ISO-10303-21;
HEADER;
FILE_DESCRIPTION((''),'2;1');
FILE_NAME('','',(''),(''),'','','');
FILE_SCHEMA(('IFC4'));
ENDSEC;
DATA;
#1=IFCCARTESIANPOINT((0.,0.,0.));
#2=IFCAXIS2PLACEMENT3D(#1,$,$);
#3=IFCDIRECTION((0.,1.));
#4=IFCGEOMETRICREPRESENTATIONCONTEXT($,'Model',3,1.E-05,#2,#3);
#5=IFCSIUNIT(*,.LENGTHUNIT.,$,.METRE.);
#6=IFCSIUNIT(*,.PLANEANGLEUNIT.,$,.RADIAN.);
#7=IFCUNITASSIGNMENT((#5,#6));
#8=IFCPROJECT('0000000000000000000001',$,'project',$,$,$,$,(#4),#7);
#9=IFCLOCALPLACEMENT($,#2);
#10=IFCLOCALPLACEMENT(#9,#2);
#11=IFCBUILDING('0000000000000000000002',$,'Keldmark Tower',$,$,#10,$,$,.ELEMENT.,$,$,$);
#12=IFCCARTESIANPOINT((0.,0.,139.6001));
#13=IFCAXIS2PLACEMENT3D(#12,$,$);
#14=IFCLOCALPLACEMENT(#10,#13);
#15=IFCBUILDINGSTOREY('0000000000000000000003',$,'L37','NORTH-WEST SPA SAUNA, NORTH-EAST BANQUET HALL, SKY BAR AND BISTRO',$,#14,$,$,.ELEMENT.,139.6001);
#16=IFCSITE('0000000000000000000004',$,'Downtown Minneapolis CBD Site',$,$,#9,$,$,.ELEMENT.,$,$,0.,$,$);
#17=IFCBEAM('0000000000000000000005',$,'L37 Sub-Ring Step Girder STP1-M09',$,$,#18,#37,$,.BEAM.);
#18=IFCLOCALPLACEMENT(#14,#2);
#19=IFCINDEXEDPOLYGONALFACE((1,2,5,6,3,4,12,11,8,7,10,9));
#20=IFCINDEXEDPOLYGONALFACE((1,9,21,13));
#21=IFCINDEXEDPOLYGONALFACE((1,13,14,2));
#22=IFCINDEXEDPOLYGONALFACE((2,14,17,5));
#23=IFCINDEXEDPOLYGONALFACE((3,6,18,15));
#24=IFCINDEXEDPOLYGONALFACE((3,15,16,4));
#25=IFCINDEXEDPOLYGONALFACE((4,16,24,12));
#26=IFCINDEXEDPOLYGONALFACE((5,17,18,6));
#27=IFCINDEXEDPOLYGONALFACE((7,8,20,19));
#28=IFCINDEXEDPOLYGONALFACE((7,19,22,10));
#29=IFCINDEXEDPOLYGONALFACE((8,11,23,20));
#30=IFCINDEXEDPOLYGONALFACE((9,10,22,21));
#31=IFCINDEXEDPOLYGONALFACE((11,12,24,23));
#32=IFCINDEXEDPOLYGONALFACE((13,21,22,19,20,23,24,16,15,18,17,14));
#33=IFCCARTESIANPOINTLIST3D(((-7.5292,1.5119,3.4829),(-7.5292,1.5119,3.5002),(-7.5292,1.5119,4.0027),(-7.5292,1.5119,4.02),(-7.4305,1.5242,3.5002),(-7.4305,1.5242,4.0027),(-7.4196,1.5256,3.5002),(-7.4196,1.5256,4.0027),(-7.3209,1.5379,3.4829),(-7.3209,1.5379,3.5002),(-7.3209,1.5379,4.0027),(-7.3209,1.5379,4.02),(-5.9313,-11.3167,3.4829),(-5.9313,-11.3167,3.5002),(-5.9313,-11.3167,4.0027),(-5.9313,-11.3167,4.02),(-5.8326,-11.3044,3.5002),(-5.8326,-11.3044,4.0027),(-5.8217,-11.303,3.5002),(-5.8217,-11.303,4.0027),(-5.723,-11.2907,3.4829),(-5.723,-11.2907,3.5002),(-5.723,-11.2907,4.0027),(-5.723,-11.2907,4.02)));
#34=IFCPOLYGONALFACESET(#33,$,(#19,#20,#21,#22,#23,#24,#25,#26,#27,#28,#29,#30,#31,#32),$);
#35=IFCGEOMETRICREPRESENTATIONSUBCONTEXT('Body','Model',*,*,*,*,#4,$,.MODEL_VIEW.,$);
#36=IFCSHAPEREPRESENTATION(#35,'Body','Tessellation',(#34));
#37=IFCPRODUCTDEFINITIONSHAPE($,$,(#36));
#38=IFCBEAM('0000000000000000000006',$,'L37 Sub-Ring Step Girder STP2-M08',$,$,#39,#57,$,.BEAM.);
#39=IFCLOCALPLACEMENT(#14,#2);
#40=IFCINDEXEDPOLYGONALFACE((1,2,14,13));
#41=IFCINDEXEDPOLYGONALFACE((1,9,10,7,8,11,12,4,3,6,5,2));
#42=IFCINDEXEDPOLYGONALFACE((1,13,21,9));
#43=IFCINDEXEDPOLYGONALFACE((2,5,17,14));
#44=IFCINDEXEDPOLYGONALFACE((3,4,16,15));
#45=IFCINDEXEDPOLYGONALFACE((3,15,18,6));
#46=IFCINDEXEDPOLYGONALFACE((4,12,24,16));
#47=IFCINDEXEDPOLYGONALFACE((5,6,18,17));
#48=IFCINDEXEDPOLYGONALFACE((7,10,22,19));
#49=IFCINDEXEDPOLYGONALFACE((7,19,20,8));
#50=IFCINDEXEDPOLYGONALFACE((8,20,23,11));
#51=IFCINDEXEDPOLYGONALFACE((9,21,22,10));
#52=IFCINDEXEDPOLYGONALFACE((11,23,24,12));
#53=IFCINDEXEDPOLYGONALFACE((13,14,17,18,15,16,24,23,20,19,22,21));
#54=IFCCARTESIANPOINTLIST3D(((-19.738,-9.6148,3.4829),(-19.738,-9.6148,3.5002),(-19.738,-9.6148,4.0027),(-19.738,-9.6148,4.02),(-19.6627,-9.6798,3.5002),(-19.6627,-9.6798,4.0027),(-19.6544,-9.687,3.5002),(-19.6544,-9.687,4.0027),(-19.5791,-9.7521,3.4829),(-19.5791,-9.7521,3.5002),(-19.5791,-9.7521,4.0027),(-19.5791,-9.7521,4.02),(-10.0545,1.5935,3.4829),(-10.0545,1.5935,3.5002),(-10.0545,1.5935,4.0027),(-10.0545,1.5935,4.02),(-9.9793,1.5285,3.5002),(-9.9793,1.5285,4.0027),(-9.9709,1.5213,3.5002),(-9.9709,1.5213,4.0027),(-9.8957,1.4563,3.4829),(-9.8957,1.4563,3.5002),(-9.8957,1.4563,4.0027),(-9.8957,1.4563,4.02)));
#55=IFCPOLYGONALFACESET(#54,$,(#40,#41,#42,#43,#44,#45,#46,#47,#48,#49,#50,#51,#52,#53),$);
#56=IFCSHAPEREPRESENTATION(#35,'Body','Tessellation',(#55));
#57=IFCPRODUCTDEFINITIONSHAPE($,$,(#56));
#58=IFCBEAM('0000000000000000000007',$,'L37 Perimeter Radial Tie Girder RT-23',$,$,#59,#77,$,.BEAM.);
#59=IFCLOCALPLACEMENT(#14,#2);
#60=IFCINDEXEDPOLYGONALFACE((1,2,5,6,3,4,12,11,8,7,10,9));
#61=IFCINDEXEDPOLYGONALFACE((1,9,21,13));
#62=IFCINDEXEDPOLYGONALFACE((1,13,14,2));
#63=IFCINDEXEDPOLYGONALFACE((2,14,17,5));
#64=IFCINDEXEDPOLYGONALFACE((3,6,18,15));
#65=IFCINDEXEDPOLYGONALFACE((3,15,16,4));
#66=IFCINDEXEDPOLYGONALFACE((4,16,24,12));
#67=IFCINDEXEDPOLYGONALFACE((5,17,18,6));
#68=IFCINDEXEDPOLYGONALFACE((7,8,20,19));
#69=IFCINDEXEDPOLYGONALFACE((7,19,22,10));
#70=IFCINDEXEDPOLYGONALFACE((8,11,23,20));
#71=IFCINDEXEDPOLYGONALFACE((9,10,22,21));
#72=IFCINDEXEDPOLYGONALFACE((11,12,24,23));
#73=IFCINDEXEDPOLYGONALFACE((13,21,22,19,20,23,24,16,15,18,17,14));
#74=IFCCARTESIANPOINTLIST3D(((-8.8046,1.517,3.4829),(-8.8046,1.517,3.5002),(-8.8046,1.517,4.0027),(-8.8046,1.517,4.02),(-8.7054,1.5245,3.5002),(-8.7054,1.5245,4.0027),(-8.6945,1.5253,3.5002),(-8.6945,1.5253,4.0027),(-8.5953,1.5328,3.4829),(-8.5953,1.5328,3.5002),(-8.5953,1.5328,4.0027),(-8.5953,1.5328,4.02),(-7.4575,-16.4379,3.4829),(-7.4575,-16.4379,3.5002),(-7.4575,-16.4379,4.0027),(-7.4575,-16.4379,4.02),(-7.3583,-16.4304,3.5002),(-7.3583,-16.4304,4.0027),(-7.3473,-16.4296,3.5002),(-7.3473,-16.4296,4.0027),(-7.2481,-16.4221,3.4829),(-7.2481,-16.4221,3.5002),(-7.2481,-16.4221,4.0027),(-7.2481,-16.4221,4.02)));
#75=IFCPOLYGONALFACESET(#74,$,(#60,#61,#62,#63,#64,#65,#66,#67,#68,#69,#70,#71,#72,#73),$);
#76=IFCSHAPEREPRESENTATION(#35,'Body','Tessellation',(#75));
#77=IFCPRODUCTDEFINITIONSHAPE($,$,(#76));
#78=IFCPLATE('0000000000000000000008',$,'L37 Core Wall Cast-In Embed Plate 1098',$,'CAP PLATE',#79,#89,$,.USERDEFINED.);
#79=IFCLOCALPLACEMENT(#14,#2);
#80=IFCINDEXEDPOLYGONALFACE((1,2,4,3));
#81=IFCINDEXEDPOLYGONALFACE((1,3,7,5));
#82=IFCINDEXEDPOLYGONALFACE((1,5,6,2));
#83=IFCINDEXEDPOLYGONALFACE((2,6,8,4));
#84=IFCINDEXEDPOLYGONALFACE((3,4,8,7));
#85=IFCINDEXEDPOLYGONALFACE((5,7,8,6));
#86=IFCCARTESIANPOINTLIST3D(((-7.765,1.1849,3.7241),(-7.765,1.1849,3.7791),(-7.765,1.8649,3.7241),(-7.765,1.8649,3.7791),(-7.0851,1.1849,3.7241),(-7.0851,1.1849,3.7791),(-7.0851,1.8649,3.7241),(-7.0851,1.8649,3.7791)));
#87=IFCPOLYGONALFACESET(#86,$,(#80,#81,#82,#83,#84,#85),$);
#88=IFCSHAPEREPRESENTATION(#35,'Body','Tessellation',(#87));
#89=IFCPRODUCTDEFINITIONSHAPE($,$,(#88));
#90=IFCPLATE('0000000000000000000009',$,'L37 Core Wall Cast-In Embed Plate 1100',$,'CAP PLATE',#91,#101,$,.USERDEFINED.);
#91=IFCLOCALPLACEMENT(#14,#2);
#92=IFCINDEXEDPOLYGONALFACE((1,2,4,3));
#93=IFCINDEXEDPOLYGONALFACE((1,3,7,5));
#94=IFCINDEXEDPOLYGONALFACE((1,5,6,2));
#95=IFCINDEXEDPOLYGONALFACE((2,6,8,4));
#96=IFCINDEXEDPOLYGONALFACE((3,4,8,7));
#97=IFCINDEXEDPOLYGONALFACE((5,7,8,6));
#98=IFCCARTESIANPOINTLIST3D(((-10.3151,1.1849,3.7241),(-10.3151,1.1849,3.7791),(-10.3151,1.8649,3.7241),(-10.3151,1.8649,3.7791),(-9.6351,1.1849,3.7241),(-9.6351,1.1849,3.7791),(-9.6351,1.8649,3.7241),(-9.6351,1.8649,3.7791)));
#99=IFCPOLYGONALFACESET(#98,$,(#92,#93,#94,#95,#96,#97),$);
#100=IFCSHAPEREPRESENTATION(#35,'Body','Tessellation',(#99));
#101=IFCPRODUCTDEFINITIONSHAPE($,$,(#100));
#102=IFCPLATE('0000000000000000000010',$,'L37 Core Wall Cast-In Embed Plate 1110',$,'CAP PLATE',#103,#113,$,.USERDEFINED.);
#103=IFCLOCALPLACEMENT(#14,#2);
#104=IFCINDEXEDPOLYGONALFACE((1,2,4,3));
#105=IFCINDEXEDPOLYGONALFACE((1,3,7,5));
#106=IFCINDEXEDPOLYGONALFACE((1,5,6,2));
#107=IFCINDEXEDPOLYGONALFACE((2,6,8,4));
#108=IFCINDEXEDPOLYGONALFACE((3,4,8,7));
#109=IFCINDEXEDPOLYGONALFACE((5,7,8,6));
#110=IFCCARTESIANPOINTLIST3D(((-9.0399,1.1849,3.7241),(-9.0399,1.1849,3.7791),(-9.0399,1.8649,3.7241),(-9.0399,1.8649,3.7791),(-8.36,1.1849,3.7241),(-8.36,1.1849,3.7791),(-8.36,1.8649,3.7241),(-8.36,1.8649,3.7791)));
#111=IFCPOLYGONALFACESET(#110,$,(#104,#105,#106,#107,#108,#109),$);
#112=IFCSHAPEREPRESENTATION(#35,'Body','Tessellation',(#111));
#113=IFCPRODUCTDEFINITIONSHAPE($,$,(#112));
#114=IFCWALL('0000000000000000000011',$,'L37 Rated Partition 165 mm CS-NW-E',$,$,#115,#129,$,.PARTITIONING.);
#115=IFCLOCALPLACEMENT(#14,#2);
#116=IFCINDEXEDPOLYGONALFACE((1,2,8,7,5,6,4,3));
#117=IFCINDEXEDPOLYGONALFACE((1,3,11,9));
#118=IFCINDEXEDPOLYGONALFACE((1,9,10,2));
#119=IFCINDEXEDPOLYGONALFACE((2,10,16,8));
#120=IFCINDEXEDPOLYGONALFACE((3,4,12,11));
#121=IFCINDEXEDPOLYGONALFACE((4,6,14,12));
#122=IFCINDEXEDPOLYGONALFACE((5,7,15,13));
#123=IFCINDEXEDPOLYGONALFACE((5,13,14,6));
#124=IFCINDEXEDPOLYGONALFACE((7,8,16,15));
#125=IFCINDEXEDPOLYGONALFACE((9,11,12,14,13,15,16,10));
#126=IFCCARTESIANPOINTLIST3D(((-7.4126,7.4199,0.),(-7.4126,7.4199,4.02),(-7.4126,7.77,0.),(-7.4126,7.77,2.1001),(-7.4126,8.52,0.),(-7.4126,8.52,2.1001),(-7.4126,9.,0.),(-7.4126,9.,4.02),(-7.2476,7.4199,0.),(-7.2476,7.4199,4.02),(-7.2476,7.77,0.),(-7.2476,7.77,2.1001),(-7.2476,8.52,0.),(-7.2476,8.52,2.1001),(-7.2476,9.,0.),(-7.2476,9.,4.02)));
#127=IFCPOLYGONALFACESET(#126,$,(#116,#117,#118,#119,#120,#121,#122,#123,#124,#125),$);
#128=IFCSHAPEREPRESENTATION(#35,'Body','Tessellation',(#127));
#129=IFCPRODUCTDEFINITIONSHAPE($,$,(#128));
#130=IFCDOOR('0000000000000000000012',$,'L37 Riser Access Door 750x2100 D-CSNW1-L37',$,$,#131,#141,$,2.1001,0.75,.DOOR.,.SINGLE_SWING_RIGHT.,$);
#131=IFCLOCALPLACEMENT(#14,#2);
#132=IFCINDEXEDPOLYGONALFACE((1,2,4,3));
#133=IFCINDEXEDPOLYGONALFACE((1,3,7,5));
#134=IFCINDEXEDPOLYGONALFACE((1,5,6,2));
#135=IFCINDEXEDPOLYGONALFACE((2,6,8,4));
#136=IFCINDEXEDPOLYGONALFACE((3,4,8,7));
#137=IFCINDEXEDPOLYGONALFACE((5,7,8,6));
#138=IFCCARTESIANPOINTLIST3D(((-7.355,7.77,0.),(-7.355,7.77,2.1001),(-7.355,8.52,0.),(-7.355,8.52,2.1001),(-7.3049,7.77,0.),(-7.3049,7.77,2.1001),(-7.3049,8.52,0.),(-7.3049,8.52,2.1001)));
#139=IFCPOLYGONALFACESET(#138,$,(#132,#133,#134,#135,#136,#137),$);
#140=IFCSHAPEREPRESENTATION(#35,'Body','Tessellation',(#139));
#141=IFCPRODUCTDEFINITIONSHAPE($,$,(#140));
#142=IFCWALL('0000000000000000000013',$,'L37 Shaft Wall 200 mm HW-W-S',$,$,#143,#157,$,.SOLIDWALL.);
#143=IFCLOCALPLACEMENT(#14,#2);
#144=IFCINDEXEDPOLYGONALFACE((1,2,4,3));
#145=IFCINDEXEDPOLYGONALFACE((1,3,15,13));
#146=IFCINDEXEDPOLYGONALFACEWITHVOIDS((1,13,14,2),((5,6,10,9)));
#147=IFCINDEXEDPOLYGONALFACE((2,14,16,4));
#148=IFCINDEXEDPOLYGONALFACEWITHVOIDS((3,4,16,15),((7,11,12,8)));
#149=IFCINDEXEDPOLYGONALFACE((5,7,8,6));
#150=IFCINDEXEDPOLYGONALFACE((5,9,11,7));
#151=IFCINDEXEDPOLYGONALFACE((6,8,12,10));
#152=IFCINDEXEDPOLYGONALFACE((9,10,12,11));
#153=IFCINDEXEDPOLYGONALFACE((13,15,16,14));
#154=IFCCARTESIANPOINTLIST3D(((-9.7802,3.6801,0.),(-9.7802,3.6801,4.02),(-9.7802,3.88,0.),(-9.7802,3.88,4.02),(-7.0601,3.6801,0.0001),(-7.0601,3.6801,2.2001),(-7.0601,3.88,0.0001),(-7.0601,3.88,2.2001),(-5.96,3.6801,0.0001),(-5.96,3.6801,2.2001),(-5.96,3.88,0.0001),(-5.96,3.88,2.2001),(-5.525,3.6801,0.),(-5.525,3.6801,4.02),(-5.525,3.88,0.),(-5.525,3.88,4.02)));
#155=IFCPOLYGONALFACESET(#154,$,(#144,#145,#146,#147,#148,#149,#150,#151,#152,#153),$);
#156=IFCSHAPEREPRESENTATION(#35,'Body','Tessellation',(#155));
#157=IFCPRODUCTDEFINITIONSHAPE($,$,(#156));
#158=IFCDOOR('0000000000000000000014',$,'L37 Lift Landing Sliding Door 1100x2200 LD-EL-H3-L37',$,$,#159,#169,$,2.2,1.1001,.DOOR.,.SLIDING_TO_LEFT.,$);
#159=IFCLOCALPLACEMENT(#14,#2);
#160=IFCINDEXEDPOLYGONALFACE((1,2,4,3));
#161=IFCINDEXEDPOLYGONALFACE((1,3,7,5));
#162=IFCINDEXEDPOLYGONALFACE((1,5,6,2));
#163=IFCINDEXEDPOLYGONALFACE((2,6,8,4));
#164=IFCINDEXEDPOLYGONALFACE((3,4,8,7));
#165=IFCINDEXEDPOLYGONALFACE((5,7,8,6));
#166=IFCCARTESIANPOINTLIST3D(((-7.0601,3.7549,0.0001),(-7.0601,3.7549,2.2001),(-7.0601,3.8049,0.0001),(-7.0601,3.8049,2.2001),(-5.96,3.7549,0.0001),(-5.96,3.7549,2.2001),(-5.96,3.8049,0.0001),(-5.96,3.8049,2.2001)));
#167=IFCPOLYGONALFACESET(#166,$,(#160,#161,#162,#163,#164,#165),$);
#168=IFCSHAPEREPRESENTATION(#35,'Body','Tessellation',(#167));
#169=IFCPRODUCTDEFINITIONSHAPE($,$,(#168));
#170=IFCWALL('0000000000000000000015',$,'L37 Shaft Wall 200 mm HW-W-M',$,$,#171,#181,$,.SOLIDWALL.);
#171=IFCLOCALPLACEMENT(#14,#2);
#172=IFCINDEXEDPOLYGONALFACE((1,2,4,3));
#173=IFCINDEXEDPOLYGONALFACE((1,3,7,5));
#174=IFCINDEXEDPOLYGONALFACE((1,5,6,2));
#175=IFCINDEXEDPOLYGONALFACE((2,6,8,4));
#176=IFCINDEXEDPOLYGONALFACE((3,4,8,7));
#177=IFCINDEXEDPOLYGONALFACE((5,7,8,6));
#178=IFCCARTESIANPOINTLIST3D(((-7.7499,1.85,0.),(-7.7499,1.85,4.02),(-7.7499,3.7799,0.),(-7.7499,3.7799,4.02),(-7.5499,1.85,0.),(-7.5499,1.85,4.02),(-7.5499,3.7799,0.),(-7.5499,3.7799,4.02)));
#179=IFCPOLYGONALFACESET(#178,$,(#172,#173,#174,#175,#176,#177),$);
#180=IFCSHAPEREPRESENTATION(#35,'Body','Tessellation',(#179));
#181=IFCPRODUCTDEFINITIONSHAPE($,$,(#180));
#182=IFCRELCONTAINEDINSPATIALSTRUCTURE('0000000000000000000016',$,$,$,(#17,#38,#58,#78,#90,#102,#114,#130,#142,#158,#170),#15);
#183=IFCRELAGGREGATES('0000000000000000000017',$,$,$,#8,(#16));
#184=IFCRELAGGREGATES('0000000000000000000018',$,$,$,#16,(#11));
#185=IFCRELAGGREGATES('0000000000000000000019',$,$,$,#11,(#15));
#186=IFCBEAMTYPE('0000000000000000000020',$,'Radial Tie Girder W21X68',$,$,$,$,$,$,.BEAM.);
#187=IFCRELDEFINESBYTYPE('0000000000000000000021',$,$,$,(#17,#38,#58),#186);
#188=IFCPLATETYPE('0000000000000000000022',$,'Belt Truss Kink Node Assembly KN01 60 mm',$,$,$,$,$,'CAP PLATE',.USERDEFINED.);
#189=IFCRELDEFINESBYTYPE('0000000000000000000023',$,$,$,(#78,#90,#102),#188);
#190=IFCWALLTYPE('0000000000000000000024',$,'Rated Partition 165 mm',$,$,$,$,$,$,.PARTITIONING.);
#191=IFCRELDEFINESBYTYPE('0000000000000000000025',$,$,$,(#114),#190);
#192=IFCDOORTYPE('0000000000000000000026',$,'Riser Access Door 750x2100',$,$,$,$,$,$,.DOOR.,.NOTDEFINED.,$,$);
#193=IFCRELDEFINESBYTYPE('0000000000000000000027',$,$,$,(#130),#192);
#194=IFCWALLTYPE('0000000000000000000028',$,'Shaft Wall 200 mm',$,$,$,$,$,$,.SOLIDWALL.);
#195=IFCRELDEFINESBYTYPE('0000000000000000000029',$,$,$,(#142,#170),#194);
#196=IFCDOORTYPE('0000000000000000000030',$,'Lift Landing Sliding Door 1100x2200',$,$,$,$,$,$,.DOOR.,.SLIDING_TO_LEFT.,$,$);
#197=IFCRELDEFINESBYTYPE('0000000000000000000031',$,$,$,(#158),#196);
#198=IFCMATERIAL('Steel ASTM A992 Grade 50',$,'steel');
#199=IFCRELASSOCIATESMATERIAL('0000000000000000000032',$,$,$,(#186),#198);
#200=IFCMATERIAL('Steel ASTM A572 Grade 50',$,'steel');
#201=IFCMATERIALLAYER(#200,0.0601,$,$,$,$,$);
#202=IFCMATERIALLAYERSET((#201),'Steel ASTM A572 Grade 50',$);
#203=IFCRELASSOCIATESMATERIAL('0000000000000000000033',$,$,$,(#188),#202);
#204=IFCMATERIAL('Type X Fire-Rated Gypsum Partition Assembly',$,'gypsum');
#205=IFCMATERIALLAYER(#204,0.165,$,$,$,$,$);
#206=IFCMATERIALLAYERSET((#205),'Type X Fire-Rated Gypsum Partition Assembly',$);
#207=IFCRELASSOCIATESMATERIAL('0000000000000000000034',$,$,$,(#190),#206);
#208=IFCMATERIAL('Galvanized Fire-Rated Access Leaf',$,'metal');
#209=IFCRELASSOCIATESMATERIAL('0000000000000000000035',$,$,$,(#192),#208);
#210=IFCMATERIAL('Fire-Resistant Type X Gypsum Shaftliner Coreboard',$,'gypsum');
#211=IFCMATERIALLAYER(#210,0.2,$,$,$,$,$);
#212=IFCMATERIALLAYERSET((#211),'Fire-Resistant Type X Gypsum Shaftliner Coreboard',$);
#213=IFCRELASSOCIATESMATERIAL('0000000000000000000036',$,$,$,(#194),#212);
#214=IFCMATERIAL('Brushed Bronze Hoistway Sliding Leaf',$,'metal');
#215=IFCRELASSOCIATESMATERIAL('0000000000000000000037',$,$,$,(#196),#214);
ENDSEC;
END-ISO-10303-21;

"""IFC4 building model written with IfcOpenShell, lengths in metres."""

from ifc_helpers import new_model, si_unit, direction, frame, frame_2d, origin, origin_2d, place, context, subcontext, project, spatial, rectangle, i_section, extrude, material, layer, layer_set, material_profile, profile_set, type_object, element, fill, save


model = new_model("IFC4")

# Units and contexts
model_context = context("Model", 3, precision=1e-05, world=origin(), true_north=direction((0.0, 1.0)))
body_context = subcontext(model_context, "Body", "Model", "MODEL_VIEW")
ifc_project = project(units=[si_unit("LENGTHUNIT", "METRE"), si_unit("PLANEANGLEUNIT", "RADIAN")], contexts=[model_context])

# Site, building, storey
site_placement = place(None, origin())
site = spatial("IfcSite", under=ifc_project, at=site_placement, Name="Downtown Minneapolis CBD Site", CompositionType="ELEMENT", RefElevation=0.0)
building_placement = place(site_placement, origin())
building = spatial("IfcBuilding", under=site, at=building_placement, Name="Keldmark Tower", CompositionType="ELEMENT")
storey_placement = place(building_placement, frame((0.0, 0.0, 139.6001)))
storey = spatial("IfcBuildingStorey", under=building, at=storey_placement, Name="L37", Description="NORTH-WEST SPA SAUNA, NORTH-EAST BANQUET HALL, SKY BAR AND BISTRO", CompositionType="ELEMENT", Elevation=139.6001)

# Beams
ifc_material_1 = material(Name="Steel ASTM A992 Grade 50", Category="steel")
ifc_material_profile = material_profile(ifc_material_1, i_section(OverallWidth=0.21, OverallDepth=0.5371, WebThickness=0.011, FlangeThickness=0.0173, at=origin_2d()), Name="W21X68")
ifc_profile_set = profile_set([ifc_material_profile], Name="Steel ASTM A992 Grade 50")
beam_type = type_object("IfcBeamType", Name="Radial Tie Girder W21X68", PredefinedType="BEAM", material=ifc_profile_set)
beam_1_placement = place(storey_placement, frame((-7.425, 1.5249, 3.7515), z_axis=(0.123602, -0.992332, 0.0), x_axis=(0.992332, 0.123602, 0.0)))
element("IfcBeam", 1, at=beam_1_placement, inside=storey, type_object=beam_type, Name="L37 Sub-Ring Step Girder STP1-M09", PredefinedType="BEAM", context=body_context, shape_type="SweptSolid", body=[
    extrude(i_section(OverallWidth=0.21, OverallDepth=0.5371, WebThickness=0.011, FlangeThickness=0.0173, at=origin_2d()), origin(), (0.0, 0.0, 1.0), 12.9277),
])
beam_2_placement = place(storey_placement, frame((-9.9751, 1.5249, 3.7515), z_axis=(-0.653755, -0.756706, 0.0), x_axis=(0.756706, -0.653755, 0.0)))
element("IfcBeam", 2, at=beam_2_placement, inside=storey, type_object=beam_type, Name="L37 Sub-Ring Step Girder STP2-M08", PredefinedType="BEAM", context=body_context, shape_type="SweptSolid", body=[
    extrude(i_section(OverallWidth=0.21, OverallDepth=0.5371, WebThickness=0.011, FlangeThickness=0.0173, at=origin_2d()), origin(), (0.0, 0.0, 1.0), 14.812),
])
beam_3_placement = place(storey_placement, frame((-8.7, 1.5249, 3.7515), z_axis=(0.074821, -0.997197, 0.0), x_axis=(0.997197, 0.074821, 0.0)))
element("IfcBeam", 3, at=beam_3_placement, inside=storey, type_object=beam_type, Name="L37 Perimeter Radial Tie Girder RT-23", PredefinedType="BEAM", context=body_context, shape_type="SweptSolid", body=[
    extrude(i_section(OverallWidth=0.21, OverallDepth=0.5371, WebThickness=0.011, FlangeThickness=0.0173, at=origin_2d()), origin(), (0.0, 0.0, 1.0), 18.0054),
])

# Plates
ifc_material_2 = material(Name="Steel ASTM A572 Grade 50", Category="steel")
ifc_layer_1 = layer(ifc_material_2, 0.0601)
ifc_layer_set_1 = layer_set([ifc_layer_1], Name="Steel ASTM A572 Grade 50")
plate_type = type_object("IfcPlateType", Name="Belt Truss Kink Node Assembly KN01 60 mm", ElementType="CAP PLATE", PredefinedType="USERDEFINED", material=ifc_layer_set_1)
for number, where, z_axis, x_axis, name in (
    (4, (-7.425, 1.5249, 3.7241), (0.0, 0.0, 1.0), (1.0, 0.0, 0.0), "L37 Core Wall Cast-In Embed Plate 1098"),
    (5, (-9.9751, 1.5249, 3.7241), (0.0, 0.0, 1.0), (1.0, 0.0, 0.0), "L37 Core Wall Cast-In Embed Plate 1100"),
    (6, (-8.7, 1.5249, 3.7241), (0.0, 0.0, 1.0), (1.0, 0.0, 0.0), "L37 Core Wall Cast-In Embed Plate 1110"),
):
    element("IfcPlate", number, at=place(storey_placement, frame(where, z_axis=z_axis, x_axis=x_axis)), inside=storey, type_object=plate_type, Name=name, ObjectType="CAP PLATE", PredefinedType="USERDEFINED", context=body_context, shape_type="SweptSolid", body=[
        extrude(rectangle(XDim=0.6799, YDim=0.6799, at=origin_2d()), origin(), (0.0, 0.0, 1.0), 0.0549),
    ])

# Walls, openings, doors
ifc_material_3 = material(Name="Type X Fire-Rated Gypsum Partition Assembly", Category="gypsum")
ifc_layer_2 = layer(ifc_material_3, 0.165)
ifc_layer_set_2 = layer_set([ifc_layer_2], Name="Type X Fire-Rated Gypsum Partition Assembly")
wall_type_1 = type_object("IfcWallType", Name="Rated Partition 165 mm", PredefinedType="PARTITIONING", material=ifc_layer_set_2)
wall_1_placement = place(storey_placement, frame((-7.3301, 7.4199, 0.0), z_axis=(0.0, 0.0, 1.0), x_axis=(0.0, 1.0, 0.0)))
wall_1 = element("IfcWall", 7, at=wall_1_placement, inside=storey, type_object=wall_type_1, Name="L37 Rated Partition 165 mm CS-NW-E", PredefinedType="PARTITIONING", context=body_context, shape_type="SweptSolid", body=[
    extrude(rectangle(XDim=1.5801, YDim=0.165, at=frame_2d((0.79, 0.0))), origin(), (0.0, 0.0, 1.0), 4.02),
])
opening_1_placement = place(wall_1_placement, frame((0.3501, 0.0, 0.0)))
opening_1 = element("IfcOpeningElement", 8, at=opening_1_placement, cuts=wall_1, PredefinedType="OPENING", context=body_context, shape_type="SweptSolid", body=[
    extrude(rectangle(XDim=0.75, YDim=2.1001, at=frame_2d((0.375, 1.05))), frame((0.0, 0.0925, 0.0), z_axis=(0.0, -1.0, 0.0), x_axis=(1.0, 0.0, 0.0)), (0.0, 0.0, 1.0), 0.1851),
])
ifc_material_4 = material(Name="Galvanized Fire-Rated Access Leaf", Category="metal")
door_type_1 = type_object("IfcDoorType", Name="Riser Access Door 750x2100", OperationType="NOTDEFINED", PredefinedType="DOOR", material=ifc_material_4)
door_1_placement = place(opening_1_placement, origin())
door_1 = element("IfcDoor", 9, at=door_1_placement, inside=storey, type_object=door_type_1, Name="L37 Riser Access Door 750x2100 D-CSNW1-L37", OperationType="SINGLE_SWING_RIGHT", OverallHeight=2.1001, OverallWidth=0.75, PredefinedType="DOOR", context=body_context, shape_type="SweptSolid", body=[
    extrude(rectangle(XDim=0.75, YDim=2.1001, at=frame_2d((0.375, 1.05))), frame((0.0, 0.0249, 0.0), z_axis=(0.0, -1.0, 0.0), x_axis=(1.0, 0.0, 0.0)), (0.0, 0.0, 1.0), 0.05),
])
fill(opening_1, door_1)
ifc_material_5 = material(Name="Fire-Resistant Type X Gypsum Shaftliner Coreboard", Category="gypsum")
ifc_layer_3 = layer(ifc_material_5, 0.2)
ifc_layer_set_3 = layer_set([ifc_layer_3], Name="Fire-Resistant Type X Gypsum Shaftliner Coreboard")
wall_type_2 = type_object("IfcWallType", Name="Shaft Wall 200 mm", PredefinedType="SOLIDWALL", material=ifc_layer_set_3)
wall_2_placement = place(storey_placement, frame((-9.78, 3.78, 0.0), z_axis=(0.0, 0.0, 1.0), x_axis=(1.0, 0.0, 0.0)))
wall_2 = element("IfcWall", 10, at=wall_2_placement, inside=storey, type_object=wall_type_2, Name="L37 Shaft Wall 200 mm HW-W-S", PredefinedType="SOLIDWALL", context=body_context, shape_type="SweptSolid", body=[
    extrude(rectangle(XDim=4.2551, YDim=0.2, at=frame_2d((2.1274, 0.0))), origin(), (0.0, 0.0, 1.0), 4.02),
])
opening_2_placement = place(wall_2_placement, frame((2.72, 0.0, 0.0)))
opening_2 = element("IfcOpeningElement", 11, at=opening_2_placement, cuts=wall_2, PredefinedType="OPENING", context=body_context, shape_type="SweptSolid", body=[
    extrude(rectangle(XDim=1.1001, YDim=2.2, at=frame_2d((0.55, 1.1001))), frame((0.0, 0.1099, 0.0), z_axis=(0.0, -1.0, 0.0), x_axis=(1.0, 0.0, 0.0)), (0.0, 0.0, 1.0), 0.22),
])
ifc_material_6 = material(Name="Brushed Bronze Hoistway Sliding Leaf", Category="metal")
door_type_2 = type_object("IfcDoorType", Name="Lift Landing Sliding Door 1100x2200", OperationType="SLIDING_TO_LEFT", PredefinedType="DOOR", material=ifc_material_6)
door_2_placement = place(opening_2_placement, origin())
door_2 = element("IfcDoor", 12, at=door_2_placement, inside=storey, type_object=door_type_2, Name="L37 Lift Landing Sliding Door 1100x2200 LD-EL-H3-L37", OperationType="SLIDING_TO_LEFT", OverallHeight=2.2, OverallWidth=1.1001, PredefinedType="DOOR", context=body_context, shape_type="SweptSolid", body=[
    extrude(rectangle(XDim=1.1001, YDim=2.2, at=frame_2d((0.55, 1.1001))), frame((0.0, 0.0249, 0.0), z_axis=(0.0, -1.0, 0.0), x_axis=(1.0, 0.0, 0.0)), (0.0, 0.0, 1.0), 0.05),
])
fill(opening_2, door_2)

# Wall
wall_3_placement = place(storey_placement, frame((-7.6499, 1.8501, 0.0), z_axis=(0.0, 0.0, 1.0), x_axis=(0.0, 1.0, 0.0)))
element("IfcWall", 13, at=wall_3_placement, inside=storey, type_object=wall_type_2, Name="L37 Shaft Wall 200 mm HW-W-M", PredefinedType="SOLIDWALL", context=body_context, shape_type="SweptSolid", body=[
    extrude(rectangle(XDim=1.9299, YDim=0.2, at=frame_2d((0.9648, 0.0))), origin(), (0.0, 0.0, 1.0), 4.02),
])

save(model, "model.ifc")
